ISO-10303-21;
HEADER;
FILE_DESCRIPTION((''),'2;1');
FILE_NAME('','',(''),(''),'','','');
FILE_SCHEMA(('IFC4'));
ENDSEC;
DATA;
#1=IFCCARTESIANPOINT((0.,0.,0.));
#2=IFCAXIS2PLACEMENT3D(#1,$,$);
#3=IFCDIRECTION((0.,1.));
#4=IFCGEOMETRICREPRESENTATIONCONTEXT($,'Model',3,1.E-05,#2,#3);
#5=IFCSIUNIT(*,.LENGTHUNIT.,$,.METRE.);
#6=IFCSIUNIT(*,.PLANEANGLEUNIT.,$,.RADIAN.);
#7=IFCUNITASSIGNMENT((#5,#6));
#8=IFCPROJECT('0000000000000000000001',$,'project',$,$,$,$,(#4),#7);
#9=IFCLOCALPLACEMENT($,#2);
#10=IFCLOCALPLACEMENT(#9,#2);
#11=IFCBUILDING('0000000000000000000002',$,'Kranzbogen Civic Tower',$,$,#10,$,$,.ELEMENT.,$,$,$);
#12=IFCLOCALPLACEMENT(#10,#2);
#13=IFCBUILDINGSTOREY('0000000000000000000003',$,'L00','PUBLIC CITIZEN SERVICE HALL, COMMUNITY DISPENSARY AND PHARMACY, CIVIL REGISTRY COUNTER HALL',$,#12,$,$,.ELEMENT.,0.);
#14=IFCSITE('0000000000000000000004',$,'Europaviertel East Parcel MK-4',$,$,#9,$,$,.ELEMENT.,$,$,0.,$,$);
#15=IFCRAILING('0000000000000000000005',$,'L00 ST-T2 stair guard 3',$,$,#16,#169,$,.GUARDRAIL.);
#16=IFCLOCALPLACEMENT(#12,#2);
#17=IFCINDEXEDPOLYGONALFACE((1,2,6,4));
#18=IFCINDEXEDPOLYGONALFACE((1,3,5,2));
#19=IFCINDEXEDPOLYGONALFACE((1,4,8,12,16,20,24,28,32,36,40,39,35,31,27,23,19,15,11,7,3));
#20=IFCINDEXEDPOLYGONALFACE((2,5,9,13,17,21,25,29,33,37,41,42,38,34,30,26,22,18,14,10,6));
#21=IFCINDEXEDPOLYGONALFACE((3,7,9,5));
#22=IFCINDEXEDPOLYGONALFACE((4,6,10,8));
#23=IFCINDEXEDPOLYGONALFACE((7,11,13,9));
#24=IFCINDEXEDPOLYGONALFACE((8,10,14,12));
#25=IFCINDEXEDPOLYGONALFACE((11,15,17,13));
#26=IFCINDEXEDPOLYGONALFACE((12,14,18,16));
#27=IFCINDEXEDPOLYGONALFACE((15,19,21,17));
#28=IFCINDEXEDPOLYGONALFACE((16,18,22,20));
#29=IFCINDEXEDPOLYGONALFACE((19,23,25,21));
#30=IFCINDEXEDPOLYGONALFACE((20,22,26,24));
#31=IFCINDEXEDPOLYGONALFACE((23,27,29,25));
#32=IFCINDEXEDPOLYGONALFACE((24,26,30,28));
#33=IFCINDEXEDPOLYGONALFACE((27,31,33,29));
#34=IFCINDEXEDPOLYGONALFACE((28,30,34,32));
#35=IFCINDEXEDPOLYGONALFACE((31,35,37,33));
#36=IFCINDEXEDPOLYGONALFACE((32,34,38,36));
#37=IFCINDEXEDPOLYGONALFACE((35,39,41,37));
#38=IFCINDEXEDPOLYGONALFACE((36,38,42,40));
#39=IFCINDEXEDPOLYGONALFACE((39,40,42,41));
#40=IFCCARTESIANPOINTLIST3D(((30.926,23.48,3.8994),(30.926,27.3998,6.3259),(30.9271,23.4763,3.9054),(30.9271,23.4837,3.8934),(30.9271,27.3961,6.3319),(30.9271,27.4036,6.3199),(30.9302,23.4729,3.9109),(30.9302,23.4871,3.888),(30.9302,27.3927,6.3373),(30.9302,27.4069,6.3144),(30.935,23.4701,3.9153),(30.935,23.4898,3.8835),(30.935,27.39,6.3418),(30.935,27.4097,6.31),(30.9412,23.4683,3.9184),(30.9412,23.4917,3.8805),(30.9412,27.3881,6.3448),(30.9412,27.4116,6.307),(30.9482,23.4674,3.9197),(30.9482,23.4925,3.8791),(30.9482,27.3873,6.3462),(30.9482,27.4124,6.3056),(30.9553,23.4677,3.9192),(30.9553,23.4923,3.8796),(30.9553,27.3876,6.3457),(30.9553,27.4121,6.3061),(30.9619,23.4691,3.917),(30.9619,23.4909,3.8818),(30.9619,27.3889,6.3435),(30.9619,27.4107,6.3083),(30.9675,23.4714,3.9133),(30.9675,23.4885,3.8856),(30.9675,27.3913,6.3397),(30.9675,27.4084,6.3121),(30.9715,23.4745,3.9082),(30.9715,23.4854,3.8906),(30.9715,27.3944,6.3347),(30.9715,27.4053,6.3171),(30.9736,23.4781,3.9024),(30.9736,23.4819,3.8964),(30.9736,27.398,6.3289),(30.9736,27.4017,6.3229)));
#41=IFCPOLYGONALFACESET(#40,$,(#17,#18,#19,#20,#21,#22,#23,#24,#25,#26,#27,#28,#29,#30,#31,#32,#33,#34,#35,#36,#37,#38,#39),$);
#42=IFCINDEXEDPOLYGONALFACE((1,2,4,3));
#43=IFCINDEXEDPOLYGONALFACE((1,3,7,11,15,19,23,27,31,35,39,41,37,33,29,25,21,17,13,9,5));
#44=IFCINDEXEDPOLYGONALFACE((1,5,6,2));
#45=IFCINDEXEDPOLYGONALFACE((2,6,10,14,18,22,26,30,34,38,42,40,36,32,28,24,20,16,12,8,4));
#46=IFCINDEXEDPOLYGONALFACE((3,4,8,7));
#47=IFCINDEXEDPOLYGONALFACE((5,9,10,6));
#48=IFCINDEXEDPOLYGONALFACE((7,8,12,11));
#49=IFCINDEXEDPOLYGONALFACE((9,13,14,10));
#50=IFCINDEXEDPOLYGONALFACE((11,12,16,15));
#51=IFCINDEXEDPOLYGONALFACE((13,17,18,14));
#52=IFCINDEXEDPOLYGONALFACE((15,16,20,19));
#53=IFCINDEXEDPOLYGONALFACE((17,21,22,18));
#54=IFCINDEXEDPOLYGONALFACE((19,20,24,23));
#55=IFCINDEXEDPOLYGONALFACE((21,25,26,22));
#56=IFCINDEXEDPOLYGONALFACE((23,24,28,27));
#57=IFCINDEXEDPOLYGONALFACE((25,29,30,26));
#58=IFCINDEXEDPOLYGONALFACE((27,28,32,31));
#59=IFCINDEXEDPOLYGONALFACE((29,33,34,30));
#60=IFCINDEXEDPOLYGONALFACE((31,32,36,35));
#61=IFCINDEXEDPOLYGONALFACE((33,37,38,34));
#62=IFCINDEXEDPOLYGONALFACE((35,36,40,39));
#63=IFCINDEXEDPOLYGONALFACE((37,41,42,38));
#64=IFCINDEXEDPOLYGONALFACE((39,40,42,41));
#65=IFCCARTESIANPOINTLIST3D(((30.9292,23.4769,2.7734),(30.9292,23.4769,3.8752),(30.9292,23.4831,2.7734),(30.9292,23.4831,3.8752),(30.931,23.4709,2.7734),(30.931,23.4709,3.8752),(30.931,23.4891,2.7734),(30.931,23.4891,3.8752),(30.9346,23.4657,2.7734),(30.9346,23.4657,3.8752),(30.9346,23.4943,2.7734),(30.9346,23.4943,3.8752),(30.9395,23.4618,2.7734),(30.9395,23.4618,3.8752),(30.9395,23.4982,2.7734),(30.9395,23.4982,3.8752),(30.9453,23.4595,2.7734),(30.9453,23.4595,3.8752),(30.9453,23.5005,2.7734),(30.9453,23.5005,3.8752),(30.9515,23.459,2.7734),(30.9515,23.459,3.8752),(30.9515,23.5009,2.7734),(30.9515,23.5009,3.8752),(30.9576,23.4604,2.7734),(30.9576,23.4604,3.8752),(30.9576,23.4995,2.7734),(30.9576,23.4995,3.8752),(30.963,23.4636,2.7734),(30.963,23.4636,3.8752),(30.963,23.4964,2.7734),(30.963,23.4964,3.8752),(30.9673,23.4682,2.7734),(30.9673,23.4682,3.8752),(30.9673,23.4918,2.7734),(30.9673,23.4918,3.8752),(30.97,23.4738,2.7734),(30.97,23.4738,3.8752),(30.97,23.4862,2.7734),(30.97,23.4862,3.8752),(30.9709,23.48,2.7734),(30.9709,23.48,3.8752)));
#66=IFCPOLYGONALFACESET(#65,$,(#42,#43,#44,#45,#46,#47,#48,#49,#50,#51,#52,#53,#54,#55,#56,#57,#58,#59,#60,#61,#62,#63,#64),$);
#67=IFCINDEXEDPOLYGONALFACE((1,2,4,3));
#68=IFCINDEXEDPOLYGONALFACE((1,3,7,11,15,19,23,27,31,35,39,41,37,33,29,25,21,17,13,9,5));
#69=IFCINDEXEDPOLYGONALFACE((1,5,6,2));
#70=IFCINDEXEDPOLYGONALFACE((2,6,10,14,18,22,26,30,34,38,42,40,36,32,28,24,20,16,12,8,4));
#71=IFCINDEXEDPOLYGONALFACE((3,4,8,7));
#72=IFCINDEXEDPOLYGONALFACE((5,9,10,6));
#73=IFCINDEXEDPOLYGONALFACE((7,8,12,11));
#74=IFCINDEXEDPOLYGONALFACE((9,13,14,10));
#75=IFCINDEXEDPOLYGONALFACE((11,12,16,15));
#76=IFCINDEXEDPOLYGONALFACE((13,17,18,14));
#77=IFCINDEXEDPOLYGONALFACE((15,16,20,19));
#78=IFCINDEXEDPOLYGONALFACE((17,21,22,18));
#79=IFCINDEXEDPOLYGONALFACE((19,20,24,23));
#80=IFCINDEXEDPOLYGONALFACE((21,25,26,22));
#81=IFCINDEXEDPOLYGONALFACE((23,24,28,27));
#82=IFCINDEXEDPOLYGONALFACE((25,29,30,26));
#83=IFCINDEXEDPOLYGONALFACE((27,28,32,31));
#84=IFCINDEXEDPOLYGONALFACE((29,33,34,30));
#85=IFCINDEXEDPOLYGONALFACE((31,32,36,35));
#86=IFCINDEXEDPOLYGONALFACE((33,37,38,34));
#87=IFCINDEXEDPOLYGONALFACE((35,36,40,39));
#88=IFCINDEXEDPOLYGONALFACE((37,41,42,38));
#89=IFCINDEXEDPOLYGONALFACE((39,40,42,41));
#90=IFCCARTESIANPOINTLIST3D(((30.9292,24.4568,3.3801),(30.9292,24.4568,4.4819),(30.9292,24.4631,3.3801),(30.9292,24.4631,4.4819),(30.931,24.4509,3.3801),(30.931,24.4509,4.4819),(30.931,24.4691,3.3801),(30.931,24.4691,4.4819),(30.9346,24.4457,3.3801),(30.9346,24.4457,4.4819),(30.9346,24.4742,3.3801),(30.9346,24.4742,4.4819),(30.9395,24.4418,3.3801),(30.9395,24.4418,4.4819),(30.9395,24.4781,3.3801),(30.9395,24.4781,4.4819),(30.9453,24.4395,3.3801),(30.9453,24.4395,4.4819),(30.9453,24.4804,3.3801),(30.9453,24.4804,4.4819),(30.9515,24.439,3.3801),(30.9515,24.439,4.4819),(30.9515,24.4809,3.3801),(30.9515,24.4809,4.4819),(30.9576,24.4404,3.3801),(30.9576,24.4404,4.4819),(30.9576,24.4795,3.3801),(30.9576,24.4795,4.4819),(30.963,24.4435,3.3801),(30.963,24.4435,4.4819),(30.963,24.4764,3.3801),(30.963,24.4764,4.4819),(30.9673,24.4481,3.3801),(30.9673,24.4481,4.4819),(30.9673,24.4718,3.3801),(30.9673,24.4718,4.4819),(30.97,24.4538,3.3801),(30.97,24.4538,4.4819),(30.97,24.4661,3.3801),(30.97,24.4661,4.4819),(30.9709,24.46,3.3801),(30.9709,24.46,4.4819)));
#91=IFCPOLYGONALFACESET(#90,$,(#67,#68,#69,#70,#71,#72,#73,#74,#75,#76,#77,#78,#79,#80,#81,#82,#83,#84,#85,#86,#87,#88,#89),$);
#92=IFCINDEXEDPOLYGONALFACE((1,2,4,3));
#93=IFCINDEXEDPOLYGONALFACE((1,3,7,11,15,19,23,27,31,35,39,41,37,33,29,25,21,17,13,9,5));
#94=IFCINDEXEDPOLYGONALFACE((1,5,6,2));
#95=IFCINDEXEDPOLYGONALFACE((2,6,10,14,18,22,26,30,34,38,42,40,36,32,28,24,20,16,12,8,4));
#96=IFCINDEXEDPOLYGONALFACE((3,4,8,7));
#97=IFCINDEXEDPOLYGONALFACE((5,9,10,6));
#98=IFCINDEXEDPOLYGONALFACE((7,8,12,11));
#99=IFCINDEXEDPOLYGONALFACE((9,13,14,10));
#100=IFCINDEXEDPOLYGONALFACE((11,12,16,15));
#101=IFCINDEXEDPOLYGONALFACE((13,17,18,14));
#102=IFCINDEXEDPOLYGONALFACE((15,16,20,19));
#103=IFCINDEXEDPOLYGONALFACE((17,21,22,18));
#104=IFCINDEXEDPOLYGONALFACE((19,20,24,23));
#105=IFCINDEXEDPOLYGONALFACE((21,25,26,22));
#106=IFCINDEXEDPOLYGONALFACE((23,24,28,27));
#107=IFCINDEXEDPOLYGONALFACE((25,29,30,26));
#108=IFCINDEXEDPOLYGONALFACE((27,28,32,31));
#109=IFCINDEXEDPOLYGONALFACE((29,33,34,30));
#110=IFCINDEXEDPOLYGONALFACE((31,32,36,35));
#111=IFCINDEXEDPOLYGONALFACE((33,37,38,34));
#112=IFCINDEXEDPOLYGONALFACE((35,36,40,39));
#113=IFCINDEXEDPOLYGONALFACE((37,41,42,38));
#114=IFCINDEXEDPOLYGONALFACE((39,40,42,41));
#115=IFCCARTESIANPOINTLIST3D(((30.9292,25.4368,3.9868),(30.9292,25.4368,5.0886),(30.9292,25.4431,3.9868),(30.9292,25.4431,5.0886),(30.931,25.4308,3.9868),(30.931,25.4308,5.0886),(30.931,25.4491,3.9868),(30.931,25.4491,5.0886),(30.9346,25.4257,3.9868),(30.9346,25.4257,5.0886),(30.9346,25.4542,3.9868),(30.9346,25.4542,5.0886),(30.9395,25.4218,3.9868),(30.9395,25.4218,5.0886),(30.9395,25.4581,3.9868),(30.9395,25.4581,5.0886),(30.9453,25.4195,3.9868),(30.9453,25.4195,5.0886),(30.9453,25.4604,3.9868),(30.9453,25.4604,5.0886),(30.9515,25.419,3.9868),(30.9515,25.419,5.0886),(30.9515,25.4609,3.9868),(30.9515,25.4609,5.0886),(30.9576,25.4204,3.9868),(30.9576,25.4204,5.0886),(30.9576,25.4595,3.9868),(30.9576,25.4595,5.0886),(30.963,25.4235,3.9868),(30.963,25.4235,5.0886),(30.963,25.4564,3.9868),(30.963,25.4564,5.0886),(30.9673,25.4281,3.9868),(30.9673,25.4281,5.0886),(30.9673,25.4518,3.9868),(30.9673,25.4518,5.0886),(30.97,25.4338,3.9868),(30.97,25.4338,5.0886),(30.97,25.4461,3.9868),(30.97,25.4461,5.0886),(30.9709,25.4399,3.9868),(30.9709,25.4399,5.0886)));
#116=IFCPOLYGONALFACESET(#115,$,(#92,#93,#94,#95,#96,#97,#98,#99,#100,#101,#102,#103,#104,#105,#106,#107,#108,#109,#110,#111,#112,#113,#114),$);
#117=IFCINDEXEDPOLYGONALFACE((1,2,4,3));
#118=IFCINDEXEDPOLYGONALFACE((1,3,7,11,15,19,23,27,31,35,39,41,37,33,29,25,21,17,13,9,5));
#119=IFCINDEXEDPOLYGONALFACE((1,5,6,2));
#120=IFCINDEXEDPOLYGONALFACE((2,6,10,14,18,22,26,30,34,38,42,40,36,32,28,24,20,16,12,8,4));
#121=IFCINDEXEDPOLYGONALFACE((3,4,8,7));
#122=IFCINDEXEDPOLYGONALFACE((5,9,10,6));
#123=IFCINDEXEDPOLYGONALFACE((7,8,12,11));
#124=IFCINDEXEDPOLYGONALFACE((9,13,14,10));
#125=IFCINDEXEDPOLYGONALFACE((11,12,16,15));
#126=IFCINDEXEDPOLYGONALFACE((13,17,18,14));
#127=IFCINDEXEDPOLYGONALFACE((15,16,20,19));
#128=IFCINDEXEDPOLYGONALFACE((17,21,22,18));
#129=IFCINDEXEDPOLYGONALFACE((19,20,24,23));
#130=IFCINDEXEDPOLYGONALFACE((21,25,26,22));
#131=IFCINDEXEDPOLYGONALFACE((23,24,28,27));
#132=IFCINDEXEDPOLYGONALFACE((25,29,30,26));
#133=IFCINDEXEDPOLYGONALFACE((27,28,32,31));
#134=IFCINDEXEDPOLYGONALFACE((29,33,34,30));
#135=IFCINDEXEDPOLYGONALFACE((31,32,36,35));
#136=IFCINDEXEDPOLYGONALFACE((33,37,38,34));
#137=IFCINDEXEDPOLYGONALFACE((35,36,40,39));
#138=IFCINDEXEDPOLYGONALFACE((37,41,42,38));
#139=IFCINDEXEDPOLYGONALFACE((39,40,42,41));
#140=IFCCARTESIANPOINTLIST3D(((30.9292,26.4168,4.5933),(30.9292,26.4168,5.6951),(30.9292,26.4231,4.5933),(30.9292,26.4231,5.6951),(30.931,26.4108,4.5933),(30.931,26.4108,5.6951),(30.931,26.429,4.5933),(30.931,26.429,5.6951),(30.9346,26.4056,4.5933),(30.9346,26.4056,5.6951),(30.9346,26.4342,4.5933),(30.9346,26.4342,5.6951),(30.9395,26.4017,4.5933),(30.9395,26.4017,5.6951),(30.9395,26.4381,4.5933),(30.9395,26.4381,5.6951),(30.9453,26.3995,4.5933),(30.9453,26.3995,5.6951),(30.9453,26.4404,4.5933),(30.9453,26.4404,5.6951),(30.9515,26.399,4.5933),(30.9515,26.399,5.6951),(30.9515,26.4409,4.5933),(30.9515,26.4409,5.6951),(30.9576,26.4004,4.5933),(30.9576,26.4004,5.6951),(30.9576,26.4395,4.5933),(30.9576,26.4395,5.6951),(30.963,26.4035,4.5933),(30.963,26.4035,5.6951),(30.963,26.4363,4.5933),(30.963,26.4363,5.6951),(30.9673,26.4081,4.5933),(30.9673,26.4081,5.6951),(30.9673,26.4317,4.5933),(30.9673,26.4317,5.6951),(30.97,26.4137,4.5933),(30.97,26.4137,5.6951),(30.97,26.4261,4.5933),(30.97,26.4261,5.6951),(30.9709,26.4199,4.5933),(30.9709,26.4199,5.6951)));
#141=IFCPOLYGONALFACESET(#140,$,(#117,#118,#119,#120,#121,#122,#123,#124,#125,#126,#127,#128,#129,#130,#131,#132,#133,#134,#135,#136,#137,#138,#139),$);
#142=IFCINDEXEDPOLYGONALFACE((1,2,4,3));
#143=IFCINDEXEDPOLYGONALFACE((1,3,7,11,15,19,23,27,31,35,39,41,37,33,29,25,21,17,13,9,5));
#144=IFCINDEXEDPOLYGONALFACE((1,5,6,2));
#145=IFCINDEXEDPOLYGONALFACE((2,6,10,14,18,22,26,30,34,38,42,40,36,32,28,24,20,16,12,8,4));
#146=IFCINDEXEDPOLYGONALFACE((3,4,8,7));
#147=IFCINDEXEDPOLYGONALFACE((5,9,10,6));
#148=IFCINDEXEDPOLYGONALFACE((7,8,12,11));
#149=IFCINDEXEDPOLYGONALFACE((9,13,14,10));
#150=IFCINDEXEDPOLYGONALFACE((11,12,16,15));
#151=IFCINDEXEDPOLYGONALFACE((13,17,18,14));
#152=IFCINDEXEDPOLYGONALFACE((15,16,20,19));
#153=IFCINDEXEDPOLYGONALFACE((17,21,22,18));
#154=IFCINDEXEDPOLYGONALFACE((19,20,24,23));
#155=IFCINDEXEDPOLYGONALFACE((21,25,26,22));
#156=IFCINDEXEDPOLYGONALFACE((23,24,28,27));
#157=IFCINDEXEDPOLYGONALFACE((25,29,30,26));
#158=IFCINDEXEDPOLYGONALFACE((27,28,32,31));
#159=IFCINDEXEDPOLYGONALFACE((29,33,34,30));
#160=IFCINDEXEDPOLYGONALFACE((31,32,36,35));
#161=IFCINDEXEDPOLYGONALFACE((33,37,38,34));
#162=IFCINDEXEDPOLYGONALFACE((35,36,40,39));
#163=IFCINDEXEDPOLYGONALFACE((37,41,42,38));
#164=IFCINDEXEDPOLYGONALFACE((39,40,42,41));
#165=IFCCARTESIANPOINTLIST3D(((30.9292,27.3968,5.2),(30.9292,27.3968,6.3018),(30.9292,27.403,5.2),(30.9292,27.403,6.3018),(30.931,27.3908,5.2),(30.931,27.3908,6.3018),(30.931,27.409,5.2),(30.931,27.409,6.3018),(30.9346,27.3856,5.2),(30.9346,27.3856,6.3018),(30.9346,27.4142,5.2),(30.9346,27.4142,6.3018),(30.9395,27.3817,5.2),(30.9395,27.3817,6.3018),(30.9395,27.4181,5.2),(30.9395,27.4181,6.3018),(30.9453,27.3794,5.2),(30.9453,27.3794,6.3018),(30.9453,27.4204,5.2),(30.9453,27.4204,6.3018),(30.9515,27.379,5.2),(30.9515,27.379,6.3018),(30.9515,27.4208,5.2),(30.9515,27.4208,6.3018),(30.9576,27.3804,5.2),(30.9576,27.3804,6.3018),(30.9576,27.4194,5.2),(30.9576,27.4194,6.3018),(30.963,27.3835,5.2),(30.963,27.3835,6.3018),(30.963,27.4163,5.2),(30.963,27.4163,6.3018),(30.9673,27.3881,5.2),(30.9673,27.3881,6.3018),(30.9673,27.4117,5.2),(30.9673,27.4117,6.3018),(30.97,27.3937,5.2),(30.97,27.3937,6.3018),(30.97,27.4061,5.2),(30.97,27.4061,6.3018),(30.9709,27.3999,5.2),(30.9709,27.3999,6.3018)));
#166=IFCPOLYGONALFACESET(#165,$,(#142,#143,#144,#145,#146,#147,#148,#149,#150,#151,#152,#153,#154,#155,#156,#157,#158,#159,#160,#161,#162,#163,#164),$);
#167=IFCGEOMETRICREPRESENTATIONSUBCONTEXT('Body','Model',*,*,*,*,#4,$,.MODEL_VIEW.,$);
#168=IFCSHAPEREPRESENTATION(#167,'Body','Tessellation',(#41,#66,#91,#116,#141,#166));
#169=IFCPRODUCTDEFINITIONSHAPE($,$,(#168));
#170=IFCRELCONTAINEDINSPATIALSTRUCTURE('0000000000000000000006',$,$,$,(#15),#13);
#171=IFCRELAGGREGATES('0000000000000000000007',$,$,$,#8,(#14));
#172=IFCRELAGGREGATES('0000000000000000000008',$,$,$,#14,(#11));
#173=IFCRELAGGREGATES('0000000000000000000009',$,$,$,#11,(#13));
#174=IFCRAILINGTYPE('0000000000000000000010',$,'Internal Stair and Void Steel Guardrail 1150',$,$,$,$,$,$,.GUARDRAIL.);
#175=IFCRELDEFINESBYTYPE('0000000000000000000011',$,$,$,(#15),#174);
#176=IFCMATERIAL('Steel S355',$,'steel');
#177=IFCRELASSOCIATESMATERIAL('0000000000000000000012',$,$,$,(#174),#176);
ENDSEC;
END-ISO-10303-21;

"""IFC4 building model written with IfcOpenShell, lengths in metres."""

from ifc_helpers import new_model, si_unit, direction, frame, origin, origin_2d, place, context, subcontext, project, spatial, circle, extrude, material, type_object, element, save


model = new_model("IFC4")

# Units and contexts
model_context = context("Model", 3, precision=1e-05, world=origin(), true_north=direction((0.0, 1.0)))
body_context = subcontext(model_context, "Body", "Model", "MODEL_VIEW")
ifc_project = project(units=[si_unit("LENGTHUNIT", "METRE"), si_unit("PLANEANGLEUNIT", "RADIAN")], contexts=[model_context])

# Site, building, storey
site_placement = place(None, origin())
site = spatial("IfcSite", under=ifc_project, at=site_placement, Name="Europaviertel East Parcel MK-4", CompositionType="ELEMENT", RefElevation=0.0)
building_placement = place(site_placement, origin())
building = spatial("IfcBuilding", under=site, at=building_placement, Name="Kranzbogen Civic Tower", CompositionType="ELEMENT")
storey_placement = place(building_placement, origin())
storey = spatial("IfcBuildingStorey", under=building, at=storey_placement, Name="L00", Description="PUBLIC CITIZEN SERVICE HALL, COMMUNITY DISPENSARY AND PHARMACY, CIVIL REGISTRY COUNTER HALL", CompositionType="ELEMENT", Elevation=0.0)

# Shared definitions
ifc_material_1 = material(Name="Steel S355", Category="steel")

# Railing
railing_type_1 = type_object("IfcRailingType", Name="Internal Stair and Void Steel Guardrail 1150", PredefinedType="GUARDRAIL", material=ifc_material_1)
railing_1_placement = place(storey_placement, frame((30.95, 23.48, 2.7734)))
element("IfcRailing", 1, at=railing_1_placement, inside=storey, type_object=railing_type_1, Name="L00 ST-T2 stair guard 3", PredefinedType="GUARDRAIL", context=body_context, shape_type="SweptSolid", body=[
    extrude(circle(Radius=0.0239, at=origin_2d()), frame((0.0, 0.0, 1.126), z_axis=(0.0, 0.850275, 0.526338), x_axis=(-1.0, 0.0, 0.0)), (0.0, 0.0, 1.0), 4.6101),
    extrude(circle(Radius=0.021, at=origin_2d()), origin(), (0.0, 0.0, 1.0), 1.1018),
    extrude(circle(Radius=0.021, at=origin_2d()), frame((0.0, 0.98, 0.6067)), (0.0, 0.0, 1.0), 1.1018),
    extrude(circle(Radius=0.021, at=origin_2d()), frame((0.0, 1.96, 1.2134)), (0.0, 0.0, 1.0), 1.1018),
    extrude(circle(Radius=0.021, at=origin_2d()), frame((0.0, 2.9399, 1.8198)), (0.0, 0.0, 1.0), 1.1018),
    extrude(circle(Radius=0.021, at=origin_2d()), frame((0.0, 3.9199, 2.4265)), (0.0, 0.0, 1.0), 1.1018),
])

save(model, "model.ifc")
